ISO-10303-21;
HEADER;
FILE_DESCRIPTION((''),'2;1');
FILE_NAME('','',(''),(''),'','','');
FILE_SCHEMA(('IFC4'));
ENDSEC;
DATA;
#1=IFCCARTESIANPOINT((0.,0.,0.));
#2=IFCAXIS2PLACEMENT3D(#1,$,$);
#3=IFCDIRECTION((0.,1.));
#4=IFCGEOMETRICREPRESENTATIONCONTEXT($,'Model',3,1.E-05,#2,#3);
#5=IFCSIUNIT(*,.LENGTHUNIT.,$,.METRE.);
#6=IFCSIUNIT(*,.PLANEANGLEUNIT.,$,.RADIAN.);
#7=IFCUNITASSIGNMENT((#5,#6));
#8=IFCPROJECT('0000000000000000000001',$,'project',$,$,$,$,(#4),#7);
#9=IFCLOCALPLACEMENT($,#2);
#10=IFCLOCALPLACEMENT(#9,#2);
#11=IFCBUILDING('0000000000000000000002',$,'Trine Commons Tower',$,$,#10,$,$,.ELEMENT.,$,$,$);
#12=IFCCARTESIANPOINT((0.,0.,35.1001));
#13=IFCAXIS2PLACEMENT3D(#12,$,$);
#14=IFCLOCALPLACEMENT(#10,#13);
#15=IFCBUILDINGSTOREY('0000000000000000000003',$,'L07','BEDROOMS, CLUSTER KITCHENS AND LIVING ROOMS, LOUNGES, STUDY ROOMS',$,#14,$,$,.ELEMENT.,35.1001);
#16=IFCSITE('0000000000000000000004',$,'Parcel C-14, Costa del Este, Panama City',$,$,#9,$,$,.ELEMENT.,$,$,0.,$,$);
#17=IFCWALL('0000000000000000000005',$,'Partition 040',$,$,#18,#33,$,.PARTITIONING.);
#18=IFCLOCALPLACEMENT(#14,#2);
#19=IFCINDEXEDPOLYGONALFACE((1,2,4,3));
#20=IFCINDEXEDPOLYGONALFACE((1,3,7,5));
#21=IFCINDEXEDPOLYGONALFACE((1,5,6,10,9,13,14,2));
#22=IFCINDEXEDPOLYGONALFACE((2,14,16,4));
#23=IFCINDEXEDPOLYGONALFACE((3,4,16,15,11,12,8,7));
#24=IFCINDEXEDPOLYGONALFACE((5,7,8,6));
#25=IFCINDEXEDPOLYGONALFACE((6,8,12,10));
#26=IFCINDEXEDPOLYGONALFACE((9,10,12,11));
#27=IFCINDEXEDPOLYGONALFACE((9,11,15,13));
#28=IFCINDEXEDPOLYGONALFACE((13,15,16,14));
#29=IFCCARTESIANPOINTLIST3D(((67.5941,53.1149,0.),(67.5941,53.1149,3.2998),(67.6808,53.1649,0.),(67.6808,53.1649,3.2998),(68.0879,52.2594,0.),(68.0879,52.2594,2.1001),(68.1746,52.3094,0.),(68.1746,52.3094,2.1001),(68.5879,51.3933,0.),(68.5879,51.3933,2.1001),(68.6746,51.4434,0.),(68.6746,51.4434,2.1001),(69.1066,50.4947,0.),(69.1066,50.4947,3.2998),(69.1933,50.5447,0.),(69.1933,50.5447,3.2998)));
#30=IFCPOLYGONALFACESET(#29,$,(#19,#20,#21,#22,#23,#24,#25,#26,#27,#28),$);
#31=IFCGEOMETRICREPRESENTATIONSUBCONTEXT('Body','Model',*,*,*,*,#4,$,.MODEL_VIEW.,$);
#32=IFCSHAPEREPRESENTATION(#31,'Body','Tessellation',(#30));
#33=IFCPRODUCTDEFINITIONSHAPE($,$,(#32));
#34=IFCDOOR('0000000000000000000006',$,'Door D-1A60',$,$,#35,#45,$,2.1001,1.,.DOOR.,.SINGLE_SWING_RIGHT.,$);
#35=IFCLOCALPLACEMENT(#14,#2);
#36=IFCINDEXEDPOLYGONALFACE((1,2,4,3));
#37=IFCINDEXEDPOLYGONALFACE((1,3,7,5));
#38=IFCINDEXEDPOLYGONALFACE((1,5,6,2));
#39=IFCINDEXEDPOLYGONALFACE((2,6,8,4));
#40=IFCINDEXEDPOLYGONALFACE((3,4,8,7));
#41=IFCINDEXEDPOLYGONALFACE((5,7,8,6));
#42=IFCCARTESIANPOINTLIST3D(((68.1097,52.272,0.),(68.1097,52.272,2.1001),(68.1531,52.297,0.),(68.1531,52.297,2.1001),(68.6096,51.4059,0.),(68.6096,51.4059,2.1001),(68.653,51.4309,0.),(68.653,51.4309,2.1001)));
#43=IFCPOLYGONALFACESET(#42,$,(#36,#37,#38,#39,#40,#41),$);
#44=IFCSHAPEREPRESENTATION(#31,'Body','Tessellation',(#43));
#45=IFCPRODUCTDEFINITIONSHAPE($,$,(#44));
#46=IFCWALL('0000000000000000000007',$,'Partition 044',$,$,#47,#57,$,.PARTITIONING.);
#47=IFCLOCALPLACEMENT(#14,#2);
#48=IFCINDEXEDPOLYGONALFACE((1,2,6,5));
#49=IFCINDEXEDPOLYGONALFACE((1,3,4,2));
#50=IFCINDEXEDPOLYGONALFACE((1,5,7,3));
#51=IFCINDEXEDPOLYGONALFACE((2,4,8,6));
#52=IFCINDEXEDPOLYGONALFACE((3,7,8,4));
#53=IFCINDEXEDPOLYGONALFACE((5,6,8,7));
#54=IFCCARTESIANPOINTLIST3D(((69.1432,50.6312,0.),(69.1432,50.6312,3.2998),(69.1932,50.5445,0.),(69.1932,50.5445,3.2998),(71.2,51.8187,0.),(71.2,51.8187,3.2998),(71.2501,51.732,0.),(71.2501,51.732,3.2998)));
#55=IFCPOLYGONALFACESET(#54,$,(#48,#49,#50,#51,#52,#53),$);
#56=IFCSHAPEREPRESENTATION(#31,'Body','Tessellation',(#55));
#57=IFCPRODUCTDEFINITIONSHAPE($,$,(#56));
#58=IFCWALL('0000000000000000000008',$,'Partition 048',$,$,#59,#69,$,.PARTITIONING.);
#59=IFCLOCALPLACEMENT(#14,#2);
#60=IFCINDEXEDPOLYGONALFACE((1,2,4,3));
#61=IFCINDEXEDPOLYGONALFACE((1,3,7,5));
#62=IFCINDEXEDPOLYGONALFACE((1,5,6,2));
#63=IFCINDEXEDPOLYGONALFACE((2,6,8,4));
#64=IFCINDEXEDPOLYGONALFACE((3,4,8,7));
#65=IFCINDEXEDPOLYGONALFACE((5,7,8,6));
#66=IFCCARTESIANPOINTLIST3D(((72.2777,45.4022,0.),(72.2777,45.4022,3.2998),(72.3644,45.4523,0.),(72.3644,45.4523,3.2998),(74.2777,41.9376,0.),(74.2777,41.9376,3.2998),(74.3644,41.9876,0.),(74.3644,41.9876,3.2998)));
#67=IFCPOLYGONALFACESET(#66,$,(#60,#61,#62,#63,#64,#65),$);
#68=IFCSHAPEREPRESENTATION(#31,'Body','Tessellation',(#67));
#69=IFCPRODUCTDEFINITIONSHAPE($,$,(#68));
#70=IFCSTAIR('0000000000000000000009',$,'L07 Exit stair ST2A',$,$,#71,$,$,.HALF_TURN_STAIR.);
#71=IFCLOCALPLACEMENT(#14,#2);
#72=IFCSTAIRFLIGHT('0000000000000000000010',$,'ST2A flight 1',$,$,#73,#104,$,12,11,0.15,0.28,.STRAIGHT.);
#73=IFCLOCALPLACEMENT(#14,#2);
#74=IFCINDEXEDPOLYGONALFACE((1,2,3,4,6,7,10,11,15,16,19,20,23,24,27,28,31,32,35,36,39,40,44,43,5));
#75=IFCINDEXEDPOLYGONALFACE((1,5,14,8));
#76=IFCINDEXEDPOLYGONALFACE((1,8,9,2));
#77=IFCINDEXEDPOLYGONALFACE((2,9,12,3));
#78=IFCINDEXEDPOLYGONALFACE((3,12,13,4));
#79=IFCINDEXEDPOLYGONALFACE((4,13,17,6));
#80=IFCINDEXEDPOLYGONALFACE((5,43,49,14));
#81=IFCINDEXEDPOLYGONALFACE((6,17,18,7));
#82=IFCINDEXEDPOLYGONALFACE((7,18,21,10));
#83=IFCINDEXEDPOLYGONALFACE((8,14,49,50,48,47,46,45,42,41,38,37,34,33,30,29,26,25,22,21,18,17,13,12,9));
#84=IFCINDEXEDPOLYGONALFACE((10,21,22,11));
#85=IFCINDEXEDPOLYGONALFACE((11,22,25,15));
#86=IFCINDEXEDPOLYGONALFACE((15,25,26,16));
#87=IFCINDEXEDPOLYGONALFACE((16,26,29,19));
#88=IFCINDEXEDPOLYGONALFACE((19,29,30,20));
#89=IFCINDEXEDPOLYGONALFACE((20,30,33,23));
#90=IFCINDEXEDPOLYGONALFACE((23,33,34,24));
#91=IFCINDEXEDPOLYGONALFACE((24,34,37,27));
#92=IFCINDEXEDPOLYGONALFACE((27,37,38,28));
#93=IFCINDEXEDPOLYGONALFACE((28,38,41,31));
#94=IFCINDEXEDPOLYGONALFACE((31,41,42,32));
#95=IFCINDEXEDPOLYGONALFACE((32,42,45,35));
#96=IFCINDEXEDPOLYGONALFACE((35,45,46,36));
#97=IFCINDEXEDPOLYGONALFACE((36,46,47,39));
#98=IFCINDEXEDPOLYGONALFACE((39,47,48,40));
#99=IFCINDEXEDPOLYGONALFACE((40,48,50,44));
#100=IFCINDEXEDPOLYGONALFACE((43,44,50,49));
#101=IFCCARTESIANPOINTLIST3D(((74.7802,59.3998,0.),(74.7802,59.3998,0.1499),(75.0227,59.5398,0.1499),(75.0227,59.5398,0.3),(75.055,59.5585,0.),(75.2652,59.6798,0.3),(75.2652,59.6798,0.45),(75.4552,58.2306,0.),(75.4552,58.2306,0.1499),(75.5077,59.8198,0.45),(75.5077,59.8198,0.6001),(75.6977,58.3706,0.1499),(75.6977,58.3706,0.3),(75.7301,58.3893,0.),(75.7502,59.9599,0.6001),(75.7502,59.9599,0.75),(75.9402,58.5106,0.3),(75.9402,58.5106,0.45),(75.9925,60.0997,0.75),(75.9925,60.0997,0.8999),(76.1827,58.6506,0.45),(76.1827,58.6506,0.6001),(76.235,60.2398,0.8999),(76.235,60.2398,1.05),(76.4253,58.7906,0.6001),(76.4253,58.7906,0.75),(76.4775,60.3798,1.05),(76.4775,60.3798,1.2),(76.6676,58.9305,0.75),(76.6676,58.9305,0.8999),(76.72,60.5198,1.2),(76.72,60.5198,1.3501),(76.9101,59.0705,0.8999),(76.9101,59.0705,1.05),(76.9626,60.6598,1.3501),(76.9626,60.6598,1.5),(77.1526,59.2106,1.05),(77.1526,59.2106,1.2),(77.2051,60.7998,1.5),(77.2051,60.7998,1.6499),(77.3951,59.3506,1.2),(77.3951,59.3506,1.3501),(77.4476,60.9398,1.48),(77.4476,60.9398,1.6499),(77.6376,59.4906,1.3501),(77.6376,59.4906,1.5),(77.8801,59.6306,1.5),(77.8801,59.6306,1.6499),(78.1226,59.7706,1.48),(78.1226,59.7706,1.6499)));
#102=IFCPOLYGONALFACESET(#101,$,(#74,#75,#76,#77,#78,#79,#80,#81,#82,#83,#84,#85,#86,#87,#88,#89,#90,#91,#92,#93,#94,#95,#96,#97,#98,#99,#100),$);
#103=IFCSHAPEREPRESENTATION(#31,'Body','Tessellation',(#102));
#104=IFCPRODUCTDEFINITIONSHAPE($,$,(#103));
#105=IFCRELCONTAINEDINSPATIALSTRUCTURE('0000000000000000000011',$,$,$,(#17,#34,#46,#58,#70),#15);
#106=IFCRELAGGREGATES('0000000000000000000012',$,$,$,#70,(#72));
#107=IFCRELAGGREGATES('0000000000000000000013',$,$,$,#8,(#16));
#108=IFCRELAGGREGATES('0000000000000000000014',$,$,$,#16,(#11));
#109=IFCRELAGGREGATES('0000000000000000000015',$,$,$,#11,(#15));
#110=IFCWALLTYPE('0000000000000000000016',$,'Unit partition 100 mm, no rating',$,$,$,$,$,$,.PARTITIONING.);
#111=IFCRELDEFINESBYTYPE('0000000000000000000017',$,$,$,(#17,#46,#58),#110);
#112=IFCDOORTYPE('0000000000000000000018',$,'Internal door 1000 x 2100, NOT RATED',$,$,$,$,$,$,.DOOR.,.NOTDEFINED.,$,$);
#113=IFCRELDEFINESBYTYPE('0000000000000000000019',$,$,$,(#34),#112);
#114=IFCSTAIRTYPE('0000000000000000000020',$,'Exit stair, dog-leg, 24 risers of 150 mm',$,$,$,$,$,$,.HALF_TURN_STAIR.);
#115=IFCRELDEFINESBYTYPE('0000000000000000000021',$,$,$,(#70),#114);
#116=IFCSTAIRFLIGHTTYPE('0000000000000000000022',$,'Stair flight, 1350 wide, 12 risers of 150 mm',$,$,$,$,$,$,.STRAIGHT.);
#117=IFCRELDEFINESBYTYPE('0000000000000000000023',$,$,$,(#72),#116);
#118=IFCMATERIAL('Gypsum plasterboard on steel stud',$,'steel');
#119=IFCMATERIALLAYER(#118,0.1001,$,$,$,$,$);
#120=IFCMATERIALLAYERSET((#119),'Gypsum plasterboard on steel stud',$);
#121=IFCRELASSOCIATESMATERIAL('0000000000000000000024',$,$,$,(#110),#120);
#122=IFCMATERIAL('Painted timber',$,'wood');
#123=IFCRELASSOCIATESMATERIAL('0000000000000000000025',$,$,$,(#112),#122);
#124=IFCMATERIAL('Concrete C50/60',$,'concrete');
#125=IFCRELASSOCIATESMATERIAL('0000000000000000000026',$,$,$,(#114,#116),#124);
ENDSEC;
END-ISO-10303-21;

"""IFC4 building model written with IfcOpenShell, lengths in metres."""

from ifc_helpers import new_model, si_unit, direction, frame, frame_2d, origin, place, context, subcontext, project, spatial, polyline, rectangle, outline, extrude, material, layer, layer_set, type_object, element, fill, aggregate, save


model = new_model("IFC4")

# Units and contexts
model_context = context("Model", 3, precision=1e-05, world=origin(), true_north=direction((0.0, 1.0)))
body_context = subcontext(model_context, "Body", "Model", "MODEL_VIEW")
ifc_project = project(units=[si_unit("LENGTHUNIT", "METRE"), si_unit("PLANEANGLEUNIT", "RADIAN")], contexts=[model_context])

# Site, building, storey
site_placement = place(None, origin())
site = spatial("IfcSite", under=ifc_project, at=site_placement, Name="Parcel C-14, Costa del Este, Panama City", CompositionType="ELEMENT", RefElevation=0.0)
building_placement = place(site_placement, origin())
building = spatial("IfcBuilding", under=site, at=building_placement, Name="Trine Commons Tower", CompositionType="ELEMENT")
storey_placement = place(building_placement, frame((0.0, 0.0, 35.1001)))
storey = spatial("IfcBuildingStorey", under=building, at=storey_placement, Name="L07", Description="BEDROOMS, CLUSTER KITCHENS AND LIVING ROOMS, LOUNGES, STUDY ROOMS", CompositionType="ELEMENT", Elevation=35.1001)

# Shared definitions
ifc_material_1 = material(Name="Concrete C50/60", Category="concrete")

# Shared definitions
ifc_material_2 = material(Name="Gypsum plasterboard on steel stud", Category="steel")

# Shared definitions
ifc_material_3 = material(Name="Painted timber", Category="wood")

# Shared definitions
ifc_layer_1 = layer(ifc_material_2, 0.1001)
ifc_layer_set_1 = layer_set([ifc_layer_1], Name="Gypsum plasterboard on steel stud")
wall_type_1 = type_object("IfcWallType", Name="Unit partition 100 mm, no rating", PredefinedType="PARTITIONING", material=ifc_layer_set_1)

# Wall, opening, door
wall_1_placement = place(storey_placement, frame((67.6375, 53.1399, 0.0), z_axis=(0.0, 0.0, 1.0), x_axis=(0.499932, -0.866065, 0.0)))
wall_1 = element("IfcWall", 1, at=wall_1_placement, inside=storey, type_object=wall_type_1, Name="Partition 040", PredefinedType="PARTITIONING", context=body_context, shape_type="SweptSolid", body=[
    extrude(rectangle(XDim=3.0254, YDim=0.1001, at=frame_2d((1.5127, 0.0))), origin(), (0.0, 0.0, 1.0), 3.2998),
])
opening_1_placement = place(wall_1_placement, frame((0.9878, 0.0, 0.0)))
opening_1 = element("IfcOpeningElement", 2, at=opening_1_placement, cuts=wall_1, PredefinedType="OPENING", context=body_context, shape_type="SweptSolid", body=[
    extrude(rectangle(XDim=1.0, YDim=2.1001, at=frame_2d((0.5, 1.05))), frame((0.0, 0.0601, 0.0), z_axis=(0.0, -1.0, 0.0), x_axis=(1.0, 0.0, 0.0)), (0.0, 0.0, 1.0), 0.1201),
])
door_type_1 = type_object("IfcDoorType", Name="Internal door 1000 x 2100, NOT RATED", OperationType="NOTDEFINED", PredefinedType="DOOR", material=ifc_material_3)
door_1_placement = place(opening_1_placement, frame((1.0, 0.0, 0.0), z_axis=(0.0, 0.0, 1.0), x_axis=(-1.0, 0.0, 0.0)))
door_1 = element("IfcDoor", 3, at=door_1_placement, inside=storey, type_object=door_type_1, Name="Door D-1A60", OperationType="SINGLE_SWING_RIGHT", OverallHeight=2.1001, OverallWidth=1.0, PredefinedType="DOOR", context=body_context, shape_type="SweptSolid", body=[
    extrude(rectangle(XDim=1.0, YDim=2.1001, at=frame_2d((0.5, 1.05))), frame((0.0, 0.0249, 0.0), z_axis=(0.0, -1.0, 0.0), x_axis=(1.0, 0.0, 0.0)), (0.0, 0.0, 1.0), 0.05),
])
fill(opening_1, door_1)

# Walls
wall_2_placement = place(storey_placement, frame((69.1682, 50.5879, 0.0), z_axis=(0.0, 0.0, 1.0), x_axis=(0.866033, 0.499986, 0.0)))
element("IfcWall", 4, at=wall_2_placement, inside=storey, type_object=wall_type_1, Name="Partition 044", PredefinedType="PARTITIONING", context=body_context, shape_type="SweptSolid", body=[
    extrude(rectangle(XDim=2.375, YDim=0.1001, at=frame_2d((1.1875, 0.0))), origin(), (0.0, 0.0, 1.0), 3.2998),
])
wall_3_placement = place(storey_placement, frame((72.321, 45.4272, 0.0), z_axis=(0.0, 0.0, 1.0), x_axis=(0.499946, -0.866057, 0.0)))
element("IfcWall", 5, at=wall_3_placement, inside=storey, type_object=wall_type_1, Name="Partition 048", PredefinedType="PARTITIONING", context=body_context, shape_type="SweptSolid", body=[
    extrude(rectangle(XDim=4.0005, YDim=0.1001, at=frame_2d((2.0002, 0.0))), origin(), (0.0, 0.0, 1.0), 3.2998),
])

# Stair, stair flight
stair_type = type_object("IfcStairType", Name="Exit stair, dog-leg, 24 risers of 150 mm", PredefinedType="HALF_TURN_STAIR", material=ifc_material_1)
stair_placement = place(storey_placement, origin())
stair = element("IfcStair", 6, at=stair_placement, inside=storey, type_object=stair_type, Name="L07 Exit stair ST2A", PredefinedType="HALF_TURN_STAIR")
stair_flight_type = type_object("IfcStairFlightType", Name="Stair flight, 1350 wide, 12 risers of 150 mm", PredefinedType="STRAIGHT", material=ifc_material_1)
stair_flight_placement = place(storey_placement, frame((75.1177, 58.8152, 0.0), z_axis=(0.0, 0.0, 1.0), x_axis=(0.866025, 0.5, 0.0)))
stair_flight = element("IfcStairFlight", 7, at=stair_flight_placement, type_object=stair_flight_type, Name="ST2A flight 1", NumberOfRisers=12, NumberOfTreads=11, PredefinedType="STRAIGHT", RiserHeight=0.15, TreadLength=0.28, context=body_context, shape_type="SweptSolid", body=[
    extrude(outline(polyline([(0.0, 0.0), (0.0, 0.1499), (0.28, 0.1499), (0.28, 0.3), (0.5601, 0.3), (0.5601, 0.45), (0.8401, 0.45), (0.8401, 0.6001), (1.1201, 0.6001), (1.1201, 0.75), (1.3999, 0.75), (1.3999, 0.8999), (1.6799, 0.8999), (1.6799, 1.05), (1.96, 1.05), (1.96, 1.2), (2.24, 1.2), (2.24, 1.3501), (2.52, 1.3501), (2.52, 1.5), (2.8, 1.5), (2.8, 1.6499), (3.0801, 1.6499), (3.0801, 1.8), (3.0801, 1.48), (0.3174, 0.0), (0.0, 0.0)])), frame((0.0, 0.675, 0.0), z_axis=(0.0, -1.0, 0.0), x_axis=(1.0, 0.0, 0.0)), (0.0, 0.0, 1.0), 1.3501),
])
aggregate(stair, [stair_flight])

save(model, "model.ifc")
